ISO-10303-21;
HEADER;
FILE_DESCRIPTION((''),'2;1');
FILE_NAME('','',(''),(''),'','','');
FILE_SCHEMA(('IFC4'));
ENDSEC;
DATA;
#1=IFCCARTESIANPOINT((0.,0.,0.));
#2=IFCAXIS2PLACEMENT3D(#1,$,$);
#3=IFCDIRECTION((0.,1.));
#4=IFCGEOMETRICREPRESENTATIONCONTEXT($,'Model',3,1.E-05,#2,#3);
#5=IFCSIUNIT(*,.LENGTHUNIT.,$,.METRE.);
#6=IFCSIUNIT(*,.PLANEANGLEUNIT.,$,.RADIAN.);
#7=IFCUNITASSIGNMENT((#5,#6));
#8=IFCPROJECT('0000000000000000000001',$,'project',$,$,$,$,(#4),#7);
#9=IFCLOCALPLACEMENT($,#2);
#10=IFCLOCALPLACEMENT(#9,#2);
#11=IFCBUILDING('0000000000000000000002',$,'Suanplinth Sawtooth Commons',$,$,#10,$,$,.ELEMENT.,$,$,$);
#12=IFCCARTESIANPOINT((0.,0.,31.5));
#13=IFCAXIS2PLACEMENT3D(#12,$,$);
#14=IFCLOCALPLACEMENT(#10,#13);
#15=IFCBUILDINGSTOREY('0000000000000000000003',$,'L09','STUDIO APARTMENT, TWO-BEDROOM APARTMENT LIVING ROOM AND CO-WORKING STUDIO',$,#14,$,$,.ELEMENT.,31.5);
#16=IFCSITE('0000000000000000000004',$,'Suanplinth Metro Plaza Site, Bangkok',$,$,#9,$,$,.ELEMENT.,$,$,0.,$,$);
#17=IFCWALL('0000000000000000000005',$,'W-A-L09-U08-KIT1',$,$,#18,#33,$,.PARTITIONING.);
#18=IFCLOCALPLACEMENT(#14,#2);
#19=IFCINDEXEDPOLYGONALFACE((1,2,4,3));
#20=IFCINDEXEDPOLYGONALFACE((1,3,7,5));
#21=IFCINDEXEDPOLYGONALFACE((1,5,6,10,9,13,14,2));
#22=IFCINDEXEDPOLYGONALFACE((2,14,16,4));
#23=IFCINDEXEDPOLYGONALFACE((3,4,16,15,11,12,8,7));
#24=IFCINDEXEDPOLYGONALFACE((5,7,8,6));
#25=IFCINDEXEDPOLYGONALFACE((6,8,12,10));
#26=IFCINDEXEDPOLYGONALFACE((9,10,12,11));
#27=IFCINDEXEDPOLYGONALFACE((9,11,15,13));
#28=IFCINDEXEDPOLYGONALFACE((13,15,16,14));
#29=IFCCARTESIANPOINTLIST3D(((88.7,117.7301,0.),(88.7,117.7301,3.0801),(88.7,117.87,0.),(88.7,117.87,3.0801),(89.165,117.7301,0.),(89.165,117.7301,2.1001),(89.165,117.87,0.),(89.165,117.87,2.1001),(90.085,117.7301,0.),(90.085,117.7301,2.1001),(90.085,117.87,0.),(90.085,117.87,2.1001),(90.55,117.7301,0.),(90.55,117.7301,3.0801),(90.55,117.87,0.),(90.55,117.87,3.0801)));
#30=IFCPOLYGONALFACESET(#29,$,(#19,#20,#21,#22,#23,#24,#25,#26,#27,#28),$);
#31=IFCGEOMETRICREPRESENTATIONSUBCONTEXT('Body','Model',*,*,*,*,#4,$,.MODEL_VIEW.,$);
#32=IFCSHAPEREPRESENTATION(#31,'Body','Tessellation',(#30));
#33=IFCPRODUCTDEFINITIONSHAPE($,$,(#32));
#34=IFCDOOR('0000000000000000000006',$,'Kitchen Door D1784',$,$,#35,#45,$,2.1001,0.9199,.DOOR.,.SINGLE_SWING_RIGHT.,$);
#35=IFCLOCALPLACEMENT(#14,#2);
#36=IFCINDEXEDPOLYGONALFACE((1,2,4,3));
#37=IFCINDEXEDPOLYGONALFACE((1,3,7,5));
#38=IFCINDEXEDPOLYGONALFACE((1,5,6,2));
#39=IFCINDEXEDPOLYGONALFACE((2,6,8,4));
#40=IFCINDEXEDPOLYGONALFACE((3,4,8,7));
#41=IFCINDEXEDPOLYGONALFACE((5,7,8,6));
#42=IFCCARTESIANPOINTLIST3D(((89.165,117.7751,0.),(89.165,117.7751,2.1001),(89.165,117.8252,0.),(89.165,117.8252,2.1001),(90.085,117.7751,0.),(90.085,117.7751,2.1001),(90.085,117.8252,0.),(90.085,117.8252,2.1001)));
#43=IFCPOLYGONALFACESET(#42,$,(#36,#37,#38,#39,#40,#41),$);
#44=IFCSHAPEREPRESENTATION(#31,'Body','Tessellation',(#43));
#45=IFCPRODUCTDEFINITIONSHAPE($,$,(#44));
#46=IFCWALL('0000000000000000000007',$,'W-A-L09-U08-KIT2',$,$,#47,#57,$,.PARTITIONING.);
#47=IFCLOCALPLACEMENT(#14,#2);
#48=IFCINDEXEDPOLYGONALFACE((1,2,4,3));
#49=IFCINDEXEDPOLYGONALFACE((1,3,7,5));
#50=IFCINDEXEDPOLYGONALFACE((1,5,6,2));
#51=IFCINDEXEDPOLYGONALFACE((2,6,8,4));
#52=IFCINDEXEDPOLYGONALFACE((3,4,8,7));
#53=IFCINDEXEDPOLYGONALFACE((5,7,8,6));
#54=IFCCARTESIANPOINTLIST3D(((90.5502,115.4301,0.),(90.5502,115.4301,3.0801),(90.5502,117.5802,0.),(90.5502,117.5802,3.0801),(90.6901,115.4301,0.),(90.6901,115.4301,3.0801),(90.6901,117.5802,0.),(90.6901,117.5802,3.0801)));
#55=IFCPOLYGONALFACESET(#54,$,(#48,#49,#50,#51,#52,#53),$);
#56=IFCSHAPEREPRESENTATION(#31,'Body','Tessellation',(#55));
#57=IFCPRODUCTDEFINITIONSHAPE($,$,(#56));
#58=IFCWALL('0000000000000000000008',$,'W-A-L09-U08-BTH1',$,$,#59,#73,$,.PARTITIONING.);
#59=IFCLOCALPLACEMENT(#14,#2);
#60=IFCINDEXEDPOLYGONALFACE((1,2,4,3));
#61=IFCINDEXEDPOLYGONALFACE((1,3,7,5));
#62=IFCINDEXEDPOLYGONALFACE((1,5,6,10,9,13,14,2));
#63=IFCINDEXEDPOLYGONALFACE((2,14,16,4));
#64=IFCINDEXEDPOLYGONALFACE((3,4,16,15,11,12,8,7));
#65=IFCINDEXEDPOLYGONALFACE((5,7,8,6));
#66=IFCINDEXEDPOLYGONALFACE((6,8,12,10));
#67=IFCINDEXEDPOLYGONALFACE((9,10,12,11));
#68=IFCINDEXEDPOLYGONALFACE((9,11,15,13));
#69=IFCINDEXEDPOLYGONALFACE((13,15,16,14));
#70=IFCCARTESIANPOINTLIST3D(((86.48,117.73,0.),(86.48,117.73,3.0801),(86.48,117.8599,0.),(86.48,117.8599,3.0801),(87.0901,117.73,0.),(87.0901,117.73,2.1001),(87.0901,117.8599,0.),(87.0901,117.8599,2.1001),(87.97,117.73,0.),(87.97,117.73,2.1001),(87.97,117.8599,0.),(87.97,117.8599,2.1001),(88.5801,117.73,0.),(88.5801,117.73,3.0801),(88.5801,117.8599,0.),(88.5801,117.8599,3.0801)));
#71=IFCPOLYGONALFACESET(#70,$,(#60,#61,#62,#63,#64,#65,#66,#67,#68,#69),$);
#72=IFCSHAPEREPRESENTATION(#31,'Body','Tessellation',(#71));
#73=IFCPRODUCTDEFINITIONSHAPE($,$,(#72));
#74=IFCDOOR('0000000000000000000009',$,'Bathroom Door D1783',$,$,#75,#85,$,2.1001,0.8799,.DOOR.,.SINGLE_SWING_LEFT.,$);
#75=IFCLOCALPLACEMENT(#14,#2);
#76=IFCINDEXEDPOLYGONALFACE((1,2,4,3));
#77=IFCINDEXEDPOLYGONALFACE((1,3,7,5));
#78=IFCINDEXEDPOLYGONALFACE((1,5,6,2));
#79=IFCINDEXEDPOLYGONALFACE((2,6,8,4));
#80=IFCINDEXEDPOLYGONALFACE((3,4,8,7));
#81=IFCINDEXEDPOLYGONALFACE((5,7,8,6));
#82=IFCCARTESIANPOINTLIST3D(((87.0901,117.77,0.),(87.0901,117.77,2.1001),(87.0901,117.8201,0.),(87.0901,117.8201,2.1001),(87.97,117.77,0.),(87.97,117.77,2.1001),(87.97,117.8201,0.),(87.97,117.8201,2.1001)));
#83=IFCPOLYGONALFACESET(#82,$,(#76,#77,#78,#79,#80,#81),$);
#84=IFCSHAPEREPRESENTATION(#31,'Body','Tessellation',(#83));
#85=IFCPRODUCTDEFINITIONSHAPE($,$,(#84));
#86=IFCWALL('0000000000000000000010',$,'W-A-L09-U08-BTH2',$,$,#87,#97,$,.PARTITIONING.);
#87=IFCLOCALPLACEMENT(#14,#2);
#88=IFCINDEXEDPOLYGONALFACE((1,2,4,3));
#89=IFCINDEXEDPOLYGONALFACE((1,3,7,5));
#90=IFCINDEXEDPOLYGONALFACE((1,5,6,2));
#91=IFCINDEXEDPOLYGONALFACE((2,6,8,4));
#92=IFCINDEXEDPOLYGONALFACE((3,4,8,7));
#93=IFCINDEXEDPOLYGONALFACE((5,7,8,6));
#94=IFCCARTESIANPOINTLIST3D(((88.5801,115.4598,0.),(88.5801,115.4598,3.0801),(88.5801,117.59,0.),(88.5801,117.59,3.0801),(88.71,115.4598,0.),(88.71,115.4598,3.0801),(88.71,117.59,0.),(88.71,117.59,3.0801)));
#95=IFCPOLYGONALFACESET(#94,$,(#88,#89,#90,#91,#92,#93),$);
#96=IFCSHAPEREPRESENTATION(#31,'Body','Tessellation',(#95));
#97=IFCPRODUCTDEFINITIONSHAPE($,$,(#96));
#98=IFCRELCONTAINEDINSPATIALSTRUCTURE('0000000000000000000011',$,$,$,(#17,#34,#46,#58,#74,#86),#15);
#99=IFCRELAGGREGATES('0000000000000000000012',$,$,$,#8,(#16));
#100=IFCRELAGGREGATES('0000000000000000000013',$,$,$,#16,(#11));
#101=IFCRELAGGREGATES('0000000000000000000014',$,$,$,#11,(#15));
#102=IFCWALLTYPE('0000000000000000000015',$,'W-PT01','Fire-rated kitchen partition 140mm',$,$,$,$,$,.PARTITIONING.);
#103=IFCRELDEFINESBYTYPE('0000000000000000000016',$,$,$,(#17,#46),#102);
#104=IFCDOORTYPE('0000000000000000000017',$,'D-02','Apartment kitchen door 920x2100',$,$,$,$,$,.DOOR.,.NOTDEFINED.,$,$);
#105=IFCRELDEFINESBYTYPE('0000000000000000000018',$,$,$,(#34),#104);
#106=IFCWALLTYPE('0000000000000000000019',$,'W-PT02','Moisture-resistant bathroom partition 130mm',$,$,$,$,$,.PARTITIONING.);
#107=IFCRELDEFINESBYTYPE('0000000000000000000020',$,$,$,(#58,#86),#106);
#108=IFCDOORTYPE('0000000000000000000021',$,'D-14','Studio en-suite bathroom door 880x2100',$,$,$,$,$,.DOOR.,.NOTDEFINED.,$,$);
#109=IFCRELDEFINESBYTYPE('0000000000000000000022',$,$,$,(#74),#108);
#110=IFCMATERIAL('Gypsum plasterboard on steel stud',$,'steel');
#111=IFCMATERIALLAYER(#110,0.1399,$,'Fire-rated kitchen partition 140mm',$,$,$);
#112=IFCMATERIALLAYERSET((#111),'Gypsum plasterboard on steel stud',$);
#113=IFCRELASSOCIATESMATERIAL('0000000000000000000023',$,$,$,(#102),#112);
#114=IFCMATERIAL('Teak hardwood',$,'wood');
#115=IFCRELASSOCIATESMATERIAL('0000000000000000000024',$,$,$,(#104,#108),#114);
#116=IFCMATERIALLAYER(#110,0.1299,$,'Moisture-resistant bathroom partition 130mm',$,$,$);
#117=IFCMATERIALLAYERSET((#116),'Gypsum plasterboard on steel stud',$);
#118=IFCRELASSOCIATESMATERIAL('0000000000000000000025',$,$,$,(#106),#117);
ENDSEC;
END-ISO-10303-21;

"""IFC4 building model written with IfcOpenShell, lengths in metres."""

from ifc_helpers import new_model, si_unit, direction, frame, frame_2d, origin, place, context, subcontext, project, spatial, rectangle, extrude, material, layer, layer_set, type_object, element, fill, save


model = new_model("IFC4")

# Units and contexts
model_context = context("Model", 3, precision=1e-05, world=origin(), true_north=direction((0.0, 1.0)))
body_context = subcontext(model_context, "Body", "Model", "MODEL_VIEW")
ifc_project = project(units=[si_unit("LENGTHUNIT", "METRE"), si_unit("PLANEANGLEUNIT", "RADIAN")], contexts=[model_context])

# Site, building, storey
site_placement = place(None, origin())
site = spatial("IfcSite", under=ifc_project, at=site_placement, Name="Suanplinth Metro Plaza Site, Bangkok", CompositionType="ELEMENT", RefElevation=0.0)
building_placement = place(site_placement, origin())
building = spatial("IfcBuilding", under=site, at=building_placement, Name="Suanplinth Sawtooth Commons", CompositionType="ELEMENT")
storey_placement = place(building_placement, frame((0.0, 0.0, 31.5)))
storey = spatial("IfcBuildingStorey", under=building, at=storey_placement, Name="L09", Description="STUDIO APARTMENT, TWO-BEDROOM APARTMENT LIVING ROOM AND CO-WORKING STUDIO", CompositionType="ELEMENT", Elevation=31.5)

# Wall, opening, door
ifc_material_1 = material(Name="Gypsum plasterboard on steel stud", Category="steel")
ifc_layer_1 = layer(ifc_material_1, 0.1399, Name="Fire-rated kitchen partition 140mm")
ifc_layer_set_1 = layer_set([ifc_layer_1], Name="Gypsum plasterboard on steel stud")
wall_type_1 = type_object("IfcWallType", Name="W-PT01", Description="Fire-rated kitchen partition 140mm", PredefinedType="PARTITIONING", material=ifc_layer_set_1)
wall_1_placement = place(storey_placement, frame((88.7, 117.8, 0.0), z_axis=(0.0, 0.0, 1.0), x_axis=(1.0, 0.0, 0.0)))
wall_1 = element("IfcWall", 1, at=wall_1_placement, inside=storey, type_object=wall_type_1, Name="W-A-L09-U08-KIT1", PredefinedType="PARTITIONING", context=body_context, shape_type="SweptSolid", body=[
    extrude(rectangle(XDim=1.8501, YDim=0.1399, at=frame_2d((0.925, 0.0))), origin(), (0.0, 0.0, 1.0), 3.0801),
])
opening_1_placement = place(wall_1_placement, frame((0.4651, 0.0, 0.0)))
opening_1 = element("IfcOpeningElement", 2, at=opening_1_placement, cuts=wall_1, PredefinedType="OPENING", context=body_context, shape_type="SweptSolid", body=[
    extrude(rectangle(XDim=0.9199, YDim=2.1001, at=frame_2d((0.46, 1.05))), frame((0.0, 0.085, 0.0), z_axis=(0.0, -1.0, 0.0), x_axis=(1.0, 0.0, 0.0)), (0.0, 0.0, 1.0), 0.1697),
])
ifc_material_2 = material(Name="Teak hardwood", Category="wood")
door_type_1 = type_object("IfcDoorType", Name="D-02", Description="Apartment kitchen door 920x2100", OperationType="NOTDEFINED", PredefinedType="DOOR", material=ifc_material_2)
door_1_placement = place(opening_1_placement, frame((0.9199, 0.0, 0.0), z_axis=(0.0, 0.0, 1.0), x_axis=(-1.0, 0.0, 0.0)))
door_1 = element("IfcDoor", 3, at=door_1_placement, inside=storey, type_object=door_type_1, Name="Kitchen Door D1784", OperationType="SINGLE_SWING_RIGHT", OverallHeight=2.1001, OverallWidth=0.9199, PredefinedType="DOOR", context=body_context, shape_type="SweptSolid", body=[
    extrude(rectangle(XDim=0.9199, YDim=2.1001, at=frame_2d((0.46, 1.05))), frame((0.0, 0.0249, 0.0), z_axis=(0.0, -1.0, 0.0), x_axis=(1.0, 0.0, 0.0)), (0.0, 0.0, 1.0), 0.05),
])
fill(opening_1, door_1)

# Wall
wall_2_placement = place(storey_placement, frame((90.6201, 115.4299, 0.0), z_axis=(0.0, 0.0, 1.0), x_axis=(0.0, 1.0, 0.0)))
element("IfcWall", 4, at=wall_2_placement, inside=storey, type_object=wall_type_1, Name="W-A-L09-U08-KIT2", PredefinedType="PARTITIONING", context=body_context, shape_type="SweptSolid", body=[
    extrude(rectangle(XDim=2.1501, YDim=0.1399, at=frame_2d((1.0752, 0.0))), origin(), (0.0, 0.0, 1.0), 3.0801),
])

# Wall, opening, door
ifc_layer_2 = layer(ifc_material_1, 0.1299, Name="Moisture-resistant bathroom partition 130mm")
ifc_layer_set_2 = layer_set([ifc_layer_2], Name="Gypsum plasterboard on steel stud")
wall_type_2 = type_object("IfcWallType", Name="W-PT02", Description="Moisture-resistant bathroom partition 130mm", PredefinedType="PARTITIONING", material=ifc_layer_set_2)
wall_3_placement = place(storey_placement, frame((86.48, 117.7949, 0.0), z_axis=(0.0, 0.0, 1.0), x_axis=(1.0, 0.0, 0.0)))
wall_3 = element("IfcWall", 5, at=wall_3_placement, inside=storey, type_object=wall_type_2, Name="W-A-L09-U08-BTH1", PredefinedType="PARTITIONING", context=body_context, shape_type="SweptSolid", body=[
    extrude(rectangle(XDim=2.1001, YDim=0.1299, at=frame_2d((1.05, 0.0))), origin(), (0.0, 0.0, 1.0), 3.0801),
])
opening_2_placement = place(wall_3_placement, frame((0.6101, 0.0, 0.0)))
opening_2 = element("IfcOpeningElement", 6, at=opening_2_placement, cuts=wall_3, PredefinedType="OPENING", context=body_context, shape_type="SweptSolid", body=[
    extrude(rectangle(XDim=0.8799, YDim=2.1001, at=frame_2d((0.4399, 1.05))), frame((0.0, 0.0798, 0.0), z_axis=(0.0, -1.0, 0.0), x_axis=(1.0, 0.0, 0.0)), (0.0, 0.0, 1.0), 0.1597),
])
door_type_2 = type_object("IfcDoorType", Name="D-14", Description="Studio en-suite bathroom door 880x2100", OperationType="NOTDEFINED", PredefinedType="DOOR", material=ifc_material_2)
door_2_placement = place(opening_2_placement, frame((0.8799, 0.0, 0.0), z_axis=(0.0, 0.0, 1.0), x_axis=(-1.0, 0.0, 0.0)))
door_2 = element("IfcDoor", 7, at=door_2_placement, inside=storey, type_object=door_type_2, Name="Bathroom Door D1783", OperationType="SINGLE_SWING_LEFT", OverallHeight=2.1001, OverallWidth=0.8799, PredefinedType="DOOR", context=body_context, shape_type="SweptSolid", body=[
    extrude(rectangle(XDim=0.8799, YDim=2.1001, at=frame_2d((0.4399, 1.05))), frame((0.0, 0.0249, 0.0), z_axis=(0.0, -1.0, 0.0), x_axis=(1.0, 0.0, 0.0)), (0.0, 0.0, 1.0), 0.05),
])
fill(opening_2, door_2)

# Wall
wall_4_placement = place(storey_placement, frame((88.645, 115.46, 0.0), z_axis=(0.0, 0.0, 1.0), x_axis=(0.0, 1.0, 0.0)))
element("IfcWall", 8, at=wall_4_placement, inside=storey, type_object=wall_type_2, Name="W-A-L09-U08-BTH2", PredefinedType="PARTITIONING", context=body_context, shape_type="SweptSolid", body=[
    extrude(rectangle(XDim=2.1301, YDim=0.1299, at=frame_2d((1.0649, 0.0))), origin(), (0.0, 0.0, 1.0), 3.0801),
])

save(model, "model.ifc")
